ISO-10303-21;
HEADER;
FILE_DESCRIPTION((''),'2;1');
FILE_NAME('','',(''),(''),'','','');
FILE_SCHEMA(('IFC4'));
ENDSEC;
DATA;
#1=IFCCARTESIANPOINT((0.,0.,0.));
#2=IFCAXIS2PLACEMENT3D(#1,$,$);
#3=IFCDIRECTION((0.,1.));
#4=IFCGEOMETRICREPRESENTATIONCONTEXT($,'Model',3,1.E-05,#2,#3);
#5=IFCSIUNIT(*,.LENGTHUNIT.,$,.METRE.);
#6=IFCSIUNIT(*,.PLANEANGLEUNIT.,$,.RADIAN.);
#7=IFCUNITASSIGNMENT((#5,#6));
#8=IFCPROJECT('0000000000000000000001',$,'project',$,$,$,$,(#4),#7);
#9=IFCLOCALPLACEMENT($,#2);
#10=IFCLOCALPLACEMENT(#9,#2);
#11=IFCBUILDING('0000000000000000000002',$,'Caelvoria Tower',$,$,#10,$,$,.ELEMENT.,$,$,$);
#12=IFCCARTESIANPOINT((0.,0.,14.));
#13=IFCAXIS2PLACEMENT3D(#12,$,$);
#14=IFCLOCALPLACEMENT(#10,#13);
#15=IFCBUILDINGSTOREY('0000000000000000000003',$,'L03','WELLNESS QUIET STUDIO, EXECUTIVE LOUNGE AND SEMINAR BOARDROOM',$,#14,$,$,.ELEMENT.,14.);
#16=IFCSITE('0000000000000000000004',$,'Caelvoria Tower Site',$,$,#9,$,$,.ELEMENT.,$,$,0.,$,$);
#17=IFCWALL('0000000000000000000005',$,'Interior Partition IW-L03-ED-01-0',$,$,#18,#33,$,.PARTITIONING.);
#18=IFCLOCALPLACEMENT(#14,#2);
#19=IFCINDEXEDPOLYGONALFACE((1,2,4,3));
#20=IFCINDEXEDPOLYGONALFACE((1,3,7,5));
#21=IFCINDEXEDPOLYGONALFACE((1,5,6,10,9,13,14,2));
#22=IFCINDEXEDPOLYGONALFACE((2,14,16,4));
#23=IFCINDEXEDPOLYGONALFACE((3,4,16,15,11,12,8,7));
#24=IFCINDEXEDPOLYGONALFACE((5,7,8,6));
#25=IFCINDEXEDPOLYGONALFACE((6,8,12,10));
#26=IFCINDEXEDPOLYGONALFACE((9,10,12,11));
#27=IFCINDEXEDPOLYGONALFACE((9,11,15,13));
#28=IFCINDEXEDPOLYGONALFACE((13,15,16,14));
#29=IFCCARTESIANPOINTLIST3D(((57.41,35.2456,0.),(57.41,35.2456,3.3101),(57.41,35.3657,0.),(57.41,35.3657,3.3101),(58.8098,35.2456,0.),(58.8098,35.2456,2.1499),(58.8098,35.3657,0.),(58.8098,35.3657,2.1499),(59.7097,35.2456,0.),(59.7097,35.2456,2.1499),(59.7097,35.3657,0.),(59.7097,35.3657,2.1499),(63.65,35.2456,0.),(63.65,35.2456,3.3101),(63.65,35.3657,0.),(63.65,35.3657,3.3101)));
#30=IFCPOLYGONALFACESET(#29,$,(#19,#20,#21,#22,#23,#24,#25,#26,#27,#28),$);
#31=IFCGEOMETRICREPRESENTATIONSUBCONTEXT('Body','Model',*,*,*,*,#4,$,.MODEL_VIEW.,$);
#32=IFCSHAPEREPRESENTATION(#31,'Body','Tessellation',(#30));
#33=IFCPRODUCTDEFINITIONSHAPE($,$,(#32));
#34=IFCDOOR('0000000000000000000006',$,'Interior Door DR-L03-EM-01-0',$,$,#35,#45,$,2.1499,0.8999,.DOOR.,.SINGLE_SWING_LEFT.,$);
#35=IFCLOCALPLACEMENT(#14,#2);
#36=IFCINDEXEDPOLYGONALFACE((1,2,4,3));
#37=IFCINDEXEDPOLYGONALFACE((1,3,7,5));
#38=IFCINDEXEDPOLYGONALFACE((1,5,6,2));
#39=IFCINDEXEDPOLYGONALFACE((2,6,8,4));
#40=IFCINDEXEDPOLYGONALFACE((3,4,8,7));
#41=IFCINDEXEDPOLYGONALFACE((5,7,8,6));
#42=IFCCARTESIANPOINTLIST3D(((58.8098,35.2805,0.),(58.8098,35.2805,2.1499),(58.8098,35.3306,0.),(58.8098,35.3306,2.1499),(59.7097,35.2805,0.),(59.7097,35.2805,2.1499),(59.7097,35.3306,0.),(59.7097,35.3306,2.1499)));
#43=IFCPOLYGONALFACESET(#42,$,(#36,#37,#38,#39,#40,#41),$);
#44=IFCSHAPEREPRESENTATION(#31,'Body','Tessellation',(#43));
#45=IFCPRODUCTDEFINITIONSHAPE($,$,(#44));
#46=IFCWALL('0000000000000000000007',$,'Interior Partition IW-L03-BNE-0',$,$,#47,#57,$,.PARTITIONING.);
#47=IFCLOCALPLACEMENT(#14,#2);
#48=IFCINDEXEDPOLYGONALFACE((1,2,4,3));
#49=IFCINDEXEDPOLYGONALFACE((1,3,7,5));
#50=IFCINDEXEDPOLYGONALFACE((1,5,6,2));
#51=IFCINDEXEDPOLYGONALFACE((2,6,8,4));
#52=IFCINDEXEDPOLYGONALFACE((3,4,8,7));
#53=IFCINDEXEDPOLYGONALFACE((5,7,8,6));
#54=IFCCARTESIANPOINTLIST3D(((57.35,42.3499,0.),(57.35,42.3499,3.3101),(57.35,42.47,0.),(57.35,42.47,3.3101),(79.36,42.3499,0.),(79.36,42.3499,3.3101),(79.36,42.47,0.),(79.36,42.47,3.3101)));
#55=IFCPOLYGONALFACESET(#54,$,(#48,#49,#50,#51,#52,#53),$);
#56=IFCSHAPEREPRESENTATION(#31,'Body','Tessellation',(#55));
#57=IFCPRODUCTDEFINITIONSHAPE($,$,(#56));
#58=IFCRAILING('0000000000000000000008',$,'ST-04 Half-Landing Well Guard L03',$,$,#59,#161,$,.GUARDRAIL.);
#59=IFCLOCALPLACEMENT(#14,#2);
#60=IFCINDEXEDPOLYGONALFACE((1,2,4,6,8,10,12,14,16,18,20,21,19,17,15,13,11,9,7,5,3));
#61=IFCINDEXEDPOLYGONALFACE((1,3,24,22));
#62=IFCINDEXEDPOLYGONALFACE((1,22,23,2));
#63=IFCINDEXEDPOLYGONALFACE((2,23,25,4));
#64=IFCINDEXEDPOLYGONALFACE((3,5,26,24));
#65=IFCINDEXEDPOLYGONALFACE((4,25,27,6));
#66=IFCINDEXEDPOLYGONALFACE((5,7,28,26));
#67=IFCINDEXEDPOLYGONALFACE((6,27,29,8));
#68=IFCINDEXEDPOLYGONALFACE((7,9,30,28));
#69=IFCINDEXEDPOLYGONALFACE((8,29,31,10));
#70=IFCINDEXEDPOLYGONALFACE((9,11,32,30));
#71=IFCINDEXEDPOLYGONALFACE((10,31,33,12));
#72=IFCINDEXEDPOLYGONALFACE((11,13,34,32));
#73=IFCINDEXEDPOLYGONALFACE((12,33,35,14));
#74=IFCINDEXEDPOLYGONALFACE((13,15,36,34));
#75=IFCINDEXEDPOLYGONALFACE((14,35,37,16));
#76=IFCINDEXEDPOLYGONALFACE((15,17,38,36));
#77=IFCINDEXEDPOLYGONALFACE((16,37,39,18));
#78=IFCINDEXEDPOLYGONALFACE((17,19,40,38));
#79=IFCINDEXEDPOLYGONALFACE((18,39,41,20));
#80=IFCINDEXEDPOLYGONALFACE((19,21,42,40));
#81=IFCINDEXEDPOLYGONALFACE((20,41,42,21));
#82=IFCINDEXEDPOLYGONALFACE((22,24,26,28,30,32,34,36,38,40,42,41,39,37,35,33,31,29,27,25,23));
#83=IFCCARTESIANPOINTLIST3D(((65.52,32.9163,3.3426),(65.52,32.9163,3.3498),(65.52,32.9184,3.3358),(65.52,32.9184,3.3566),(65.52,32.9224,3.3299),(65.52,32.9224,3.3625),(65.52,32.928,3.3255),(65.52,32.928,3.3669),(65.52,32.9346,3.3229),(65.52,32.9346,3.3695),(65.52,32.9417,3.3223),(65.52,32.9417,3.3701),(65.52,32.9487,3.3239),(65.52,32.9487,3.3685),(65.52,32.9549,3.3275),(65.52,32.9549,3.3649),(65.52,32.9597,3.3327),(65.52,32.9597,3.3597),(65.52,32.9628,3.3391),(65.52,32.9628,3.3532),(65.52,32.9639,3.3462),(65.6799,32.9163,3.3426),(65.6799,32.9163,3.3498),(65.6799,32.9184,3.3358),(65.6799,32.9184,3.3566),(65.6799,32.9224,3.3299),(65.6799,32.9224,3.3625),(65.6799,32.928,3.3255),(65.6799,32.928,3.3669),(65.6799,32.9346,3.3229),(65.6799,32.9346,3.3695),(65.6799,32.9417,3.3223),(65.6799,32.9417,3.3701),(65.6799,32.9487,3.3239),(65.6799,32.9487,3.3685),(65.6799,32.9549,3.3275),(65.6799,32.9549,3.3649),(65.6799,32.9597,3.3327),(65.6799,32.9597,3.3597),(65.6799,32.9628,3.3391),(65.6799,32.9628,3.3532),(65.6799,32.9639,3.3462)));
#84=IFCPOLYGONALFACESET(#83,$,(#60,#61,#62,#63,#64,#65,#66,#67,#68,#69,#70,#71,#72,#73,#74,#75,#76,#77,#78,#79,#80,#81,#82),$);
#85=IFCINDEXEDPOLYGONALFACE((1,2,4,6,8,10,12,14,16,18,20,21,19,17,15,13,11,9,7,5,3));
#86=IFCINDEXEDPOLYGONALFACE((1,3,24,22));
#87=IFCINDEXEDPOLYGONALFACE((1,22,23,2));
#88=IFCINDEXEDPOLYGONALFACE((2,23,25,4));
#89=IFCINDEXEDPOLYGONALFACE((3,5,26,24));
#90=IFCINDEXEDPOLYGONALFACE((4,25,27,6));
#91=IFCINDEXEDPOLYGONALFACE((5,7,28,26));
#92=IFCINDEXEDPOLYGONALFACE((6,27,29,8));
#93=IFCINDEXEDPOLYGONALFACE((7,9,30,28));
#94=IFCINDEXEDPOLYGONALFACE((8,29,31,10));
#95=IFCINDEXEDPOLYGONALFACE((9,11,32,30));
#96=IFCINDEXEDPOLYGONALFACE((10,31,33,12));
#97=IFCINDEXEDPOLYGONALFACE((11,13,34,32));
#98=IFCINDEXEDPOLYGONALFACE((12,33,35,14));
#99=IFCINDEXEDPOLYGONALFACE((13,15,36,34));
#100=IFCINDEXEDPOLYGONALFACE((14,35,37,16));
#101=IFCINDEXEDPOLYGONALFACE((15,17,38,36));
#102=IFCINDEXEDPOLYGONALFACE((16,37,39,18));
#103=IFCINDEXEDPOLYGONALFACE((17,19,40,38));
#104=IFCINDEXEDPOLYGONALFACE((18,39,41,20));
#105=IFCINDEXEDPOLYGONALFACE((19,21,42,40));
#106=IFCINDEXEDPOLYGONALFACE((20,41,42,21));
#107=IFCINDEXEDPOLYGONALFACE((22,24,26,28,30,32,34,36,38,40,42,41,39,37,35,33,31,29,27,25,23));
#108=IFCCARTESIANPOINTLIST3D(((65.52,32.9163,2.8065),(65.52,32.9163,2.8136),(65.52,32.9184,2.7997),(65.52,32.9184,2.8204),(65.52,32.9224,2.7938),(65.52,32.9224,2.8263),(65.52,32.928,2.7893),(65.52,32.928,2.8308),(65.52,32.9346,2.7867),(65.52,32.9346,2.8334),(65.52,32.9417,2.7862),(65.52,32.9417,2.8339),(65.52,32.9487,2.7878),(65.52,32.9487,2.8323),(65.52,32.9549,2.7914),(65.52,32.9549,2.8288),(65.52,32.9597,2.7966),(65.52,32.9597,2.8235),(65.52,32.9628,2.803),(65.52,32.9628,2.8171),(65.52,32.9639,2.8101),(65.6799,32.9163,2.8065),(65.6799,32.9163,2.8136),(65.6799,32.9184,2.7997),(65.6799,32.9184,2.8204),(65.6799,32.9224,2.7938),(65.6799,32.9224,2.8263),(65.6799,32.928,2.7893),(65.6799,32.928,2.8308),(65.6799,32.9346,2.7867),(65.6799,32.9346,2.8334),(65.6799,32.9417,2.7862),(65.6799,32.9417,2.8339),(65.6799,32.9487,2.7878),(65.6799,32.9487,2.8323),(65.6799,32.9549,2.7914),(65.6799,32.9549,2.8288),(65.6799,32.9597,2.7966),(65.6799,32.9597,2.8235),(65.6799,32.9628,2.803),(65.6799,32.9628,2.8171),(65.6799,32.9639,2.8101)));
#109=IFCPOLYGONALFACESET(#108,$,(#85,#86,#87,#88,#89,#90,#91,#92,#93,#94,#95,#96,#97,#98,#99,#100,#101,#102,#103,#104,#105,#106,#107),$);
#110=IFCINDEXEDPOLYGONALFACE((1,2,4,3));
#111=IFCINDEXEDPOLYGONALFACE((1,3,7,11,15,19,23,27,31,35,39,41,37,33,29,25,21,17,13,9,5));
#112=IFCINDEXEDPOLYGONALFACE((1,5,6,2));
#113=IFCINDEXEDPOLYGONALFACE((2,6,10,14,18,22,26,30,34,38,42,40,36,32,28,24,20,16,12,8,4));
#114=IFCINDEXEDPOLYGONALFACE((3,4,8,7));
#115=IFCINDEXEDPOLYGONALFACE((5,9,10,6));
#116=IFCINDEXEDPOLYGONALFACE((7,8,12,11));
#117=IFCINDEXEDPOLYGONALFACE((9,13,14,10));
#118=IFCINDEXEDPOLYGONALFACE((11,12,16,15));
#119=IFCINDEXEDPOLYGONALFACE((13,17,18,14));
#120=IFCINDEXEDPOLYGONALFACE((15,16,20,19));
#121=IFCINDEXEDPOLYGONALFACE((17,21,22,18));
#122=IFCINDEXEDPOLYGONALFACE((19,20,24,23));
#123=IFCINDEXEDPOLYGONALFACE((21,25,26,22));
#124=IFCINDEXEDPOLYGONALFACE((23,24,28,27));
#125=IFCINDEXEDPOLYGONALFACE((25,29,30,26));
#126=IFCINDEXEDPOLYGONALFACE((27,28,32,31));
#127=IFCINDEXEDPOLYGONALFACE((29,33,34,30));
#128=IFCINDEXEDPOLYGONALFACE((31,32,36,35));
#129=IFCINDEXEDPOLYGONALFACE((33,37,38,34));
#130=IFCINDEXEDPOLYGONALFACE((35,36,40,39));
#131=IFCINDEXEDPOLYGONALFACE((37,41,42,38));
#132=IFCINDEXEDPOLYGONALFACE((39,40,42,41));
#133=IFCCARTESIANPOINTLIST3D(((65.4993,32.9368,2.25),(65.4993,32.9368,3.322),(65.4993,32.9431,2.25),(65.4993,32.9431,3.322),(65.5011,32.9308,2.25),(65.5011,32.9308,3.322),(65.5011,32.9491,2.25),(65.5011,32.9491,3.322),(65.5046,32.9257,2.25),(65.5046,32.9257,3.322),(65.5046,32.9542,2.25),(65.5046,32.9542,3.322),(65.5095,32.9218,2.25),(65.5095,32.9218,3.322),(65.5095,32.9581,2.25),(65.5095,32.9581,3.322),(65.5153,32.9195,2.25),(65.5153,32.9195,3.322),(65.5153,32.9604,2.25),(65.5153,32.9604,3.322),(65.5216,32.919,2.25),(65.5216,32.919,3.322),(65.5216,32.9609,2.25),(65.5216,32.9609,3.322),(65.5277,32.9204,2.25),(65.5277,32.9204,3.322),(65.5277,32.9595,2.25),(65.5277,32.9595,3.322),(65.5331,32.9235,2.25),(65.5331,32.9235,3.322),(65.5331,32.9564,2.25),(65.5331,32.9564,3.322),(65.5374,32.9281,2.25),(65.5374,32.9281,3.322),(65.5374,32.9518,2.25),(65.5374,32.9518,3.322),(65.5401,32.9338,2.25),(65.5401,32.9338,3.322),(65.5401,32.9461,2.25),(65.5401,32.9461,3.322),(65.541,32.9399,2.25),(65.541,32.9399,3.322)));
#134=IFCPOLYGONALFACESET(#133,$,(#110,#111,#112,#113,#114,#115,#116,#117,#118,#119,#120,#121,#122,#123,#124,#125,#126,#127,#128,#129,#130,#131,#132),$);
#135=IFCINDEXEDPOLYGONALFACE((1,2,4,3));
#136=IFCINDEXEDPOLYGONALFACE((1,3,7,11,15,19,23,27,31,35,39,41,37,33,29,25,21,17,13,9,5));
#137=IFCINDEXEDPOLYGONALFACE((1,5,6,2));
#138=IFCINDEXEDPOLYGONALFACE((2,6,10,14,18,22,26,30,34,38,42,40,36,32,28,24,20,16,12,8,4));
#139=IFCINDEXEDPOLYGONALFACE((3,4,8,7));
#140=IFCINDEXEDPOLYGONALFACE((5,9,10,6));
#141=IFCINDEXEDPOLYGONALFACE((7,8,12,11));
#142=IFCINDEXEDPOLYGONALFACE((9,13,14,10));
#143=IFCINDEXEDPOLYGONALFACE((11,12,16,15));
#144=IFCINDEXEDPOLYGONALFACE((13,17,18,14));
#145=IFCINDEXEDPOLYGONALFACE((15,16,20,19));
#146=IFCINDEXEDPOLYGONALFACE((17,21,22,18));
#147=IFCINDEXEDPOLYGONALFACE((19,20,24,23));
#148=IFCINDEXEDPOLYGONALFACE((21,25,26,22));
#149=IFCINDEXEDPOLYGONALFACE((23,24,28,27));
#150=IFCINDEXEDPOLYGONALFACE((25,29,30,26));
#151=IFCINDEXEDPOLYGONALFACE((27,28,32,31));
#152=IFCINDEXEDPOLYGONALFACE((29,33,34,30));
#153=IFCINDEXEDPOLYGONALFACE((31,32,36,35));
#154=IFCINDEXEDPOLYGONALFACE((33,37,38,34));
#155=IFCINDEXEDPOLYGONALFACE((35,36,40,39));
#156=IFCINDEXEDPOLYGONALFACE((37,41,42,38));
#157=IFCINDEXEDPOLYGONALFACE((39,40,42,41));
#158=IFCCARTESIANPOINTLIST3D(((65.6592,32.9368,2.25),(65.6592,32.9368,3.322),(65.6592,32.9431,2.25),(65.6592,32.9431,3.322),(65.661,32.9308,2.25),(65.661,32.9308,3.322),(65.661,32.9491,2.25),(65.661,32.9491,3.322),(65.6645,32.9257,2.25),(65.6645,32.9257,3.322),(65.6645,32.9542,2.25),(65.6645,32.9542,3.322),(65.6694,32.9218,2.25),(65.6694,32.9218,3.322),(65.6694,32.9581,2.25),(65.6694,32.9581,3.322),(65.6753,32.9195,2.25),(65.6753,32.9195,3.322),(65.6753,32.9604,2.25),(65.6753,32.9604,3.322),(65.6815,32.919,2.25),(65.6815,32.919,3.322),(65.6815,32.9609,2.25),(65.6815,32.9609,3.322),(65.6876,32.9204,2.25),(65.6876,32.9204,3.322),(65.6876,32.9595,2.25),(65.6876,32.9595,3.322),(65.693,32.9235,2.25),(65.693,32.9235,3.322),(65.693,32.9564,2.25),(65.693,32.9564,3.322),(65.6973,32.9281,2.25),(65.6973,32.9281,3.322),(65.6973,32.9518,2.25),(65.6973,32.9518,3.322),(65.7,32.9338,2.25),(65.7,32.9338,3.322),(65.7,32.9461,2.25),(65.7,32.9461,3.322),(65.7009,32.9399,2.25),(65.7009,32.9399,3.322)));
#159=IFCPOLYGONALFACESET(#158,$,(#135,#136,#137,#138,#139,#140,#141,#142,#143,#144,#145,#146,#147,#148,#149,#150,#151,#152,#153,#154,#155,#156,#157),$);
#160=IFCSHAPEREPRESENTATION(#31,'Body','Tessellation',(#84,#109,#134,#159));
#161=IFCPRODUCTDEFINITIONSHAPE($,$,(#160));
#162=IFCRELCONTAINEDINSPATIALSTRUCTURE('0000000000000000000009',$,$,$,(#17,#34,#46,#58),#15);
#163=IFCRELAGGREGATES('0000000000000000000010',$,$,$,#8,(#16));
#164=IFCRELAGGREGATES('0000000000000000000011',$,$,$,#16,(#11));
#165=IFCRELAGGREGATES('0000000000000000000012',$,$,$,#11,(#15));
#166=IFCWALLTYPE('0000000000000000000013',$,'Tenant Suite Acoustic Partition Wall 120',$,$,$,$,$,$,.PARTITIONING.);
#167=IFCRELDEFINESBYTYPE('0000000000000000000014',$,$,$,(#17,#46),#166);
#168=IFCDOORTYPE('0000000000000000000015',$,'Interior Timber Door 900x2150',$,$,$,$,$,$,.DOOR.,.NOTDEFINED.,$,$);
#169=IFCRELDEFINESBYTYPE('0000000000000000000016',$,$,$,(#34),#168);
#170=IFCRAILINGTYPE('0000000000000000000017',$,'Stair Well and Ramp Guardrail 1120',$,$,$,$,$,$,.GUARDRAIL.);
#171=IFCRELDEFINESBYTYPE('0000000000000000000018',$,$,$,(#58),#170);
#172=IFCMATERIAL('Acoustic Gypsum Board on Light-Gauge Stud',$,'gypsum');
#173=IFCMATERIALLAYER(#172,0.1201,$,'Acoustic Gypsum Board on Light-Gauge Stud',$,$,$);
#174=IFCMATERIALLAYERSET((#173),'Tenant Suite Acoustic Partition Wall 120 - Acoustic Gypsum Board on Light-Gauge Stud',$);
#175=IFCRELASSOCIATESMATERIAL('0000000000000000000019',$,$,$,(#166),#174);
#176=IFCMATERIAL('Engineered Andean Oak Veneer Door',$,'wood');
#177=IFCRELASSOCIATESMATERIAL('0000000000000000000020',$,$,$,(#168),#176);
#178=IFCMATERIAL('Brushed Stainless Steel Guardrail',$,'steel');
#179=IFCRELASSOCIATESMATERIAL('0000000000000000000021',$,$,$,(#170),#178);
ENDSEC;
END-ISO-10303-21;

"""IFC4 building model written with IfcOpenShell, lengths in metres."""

from ifc_helpers import new_model, si_unit, direction, frame, frame_2d, origin, origin_2d, place, context, subcontext, project, spatial, rectangle, circle, extrude, material, layer, layer_set, type_object, element, fill, save


model = new_model("IFC4")

# Units and contexts
model_context = context("Model", 3, precision=1e-05, world=origin(), true_north=direction((0.0, 1.0)))
body_context = subcontext(model_context, "Body", "Model", "MODEL_VIEW")
ifc_project = project(units=[si_unit("LENGTHUNIT", "METRE"), si_unit("PLANEANGLEUNIT", "RADIAN")], contexts=[model_context])

# Site, building, storey
site_placement = place(None, origin())
site = spatial("IfcSite", under=ifc_project, at=site_placement, Name="Caelvoria Tower Site", CompositionType="ELEMENT", RefElevation=0.0)
building_placement = place(site_placement, origin())
building = spatial("IfcBuilding", under=site, at=building_placement, Name="Caelvoria Tower", CompositionType="ELEMENT")
storey_placement = place(building_placement, frame((0.0, 0.0, 14.0)))
storey = spatial("IfcBuildingStorey", under=building, at=storey_placement, Name="L03", Description="WELLNESS QUIET STUDIO, EXECUTIVE LOUNGE AND SEMINAR BOARDROOM", CompositionType="ELEMENT", Elevation=14.0)

# Wall, opening, door
ifc_material_1 = material(Name="Acoustic Gypsum Board on Light-Gauge Stud", Category="gypsum")
ifc_layer_1 = layer(ifc_material_1, 0.1201, Name="Acoustic Gypsum Board on Light-Gauge Stud")
ifc_layer_set_1 = layer_set([ifc_layer_1], Name="Tenant Suite Acoustic Partition Wall 120 - Acoustic Gypsum Board on Light-Gauge Stud")
wall_type_1 = type_object("IfcWallType", Name="Tenant Suite Acoustic Partition Wall 120", PredefinedType="PARTITIONING", material=ifc_layer_set_1)
wall_1_placement = place(storey_placement, frame((57.4099, 35.3057, 0.0), z_axis=(0.0, 0.0, 1.0), x_axis=(1.0, 0.0, 0.0)))
wall_1 = element("IfcWall", 1, at=wall_1_placement, inside=storey, type_object=wall_type_1, Name="Interior Partition IW-L03-ED-01-0", PredefinedType="PARTITIONING", context=body_context, shape_type="SweptSolid", body=[
    extrude(rectangle(XDim=6.24, YDim=0.1201, at=frame_2d((3.1201, 0.0))), origin(), (0.0, 0.0, 1.0), 3.3101),
])
opening_placement = place(wall_1_placement, frame((1.3999, 0.0, 0.0)))
opening = element("IfcOpeningElement", 2, at=opening_placement, cuts=wall_1, PredefinedType="OPENING", context=body_context, shape_type="SweptSolid", body=[
    extrude(rectangle(XDim=0.8999, YDim=2.1499, at=frame_2d((0.45, 1.075))), frame((0.0, 0.0701, 0.0), z_axis=(0.0, -1.0, 0.0), x_axis=(1.0, 0.0, 0.0)), (0.0, 0.0, 1.0), 0.1401),
])
ifc_material_2 = material(Name="Engineered Andean Oak Veneer Door", Category="wood")
door_type = type_object("IfcDoorType", Name="Interior Timber Door 900x2150", OperationType="NOTDEFINED", PredefinedType="DOOR", material=ifc_material_2)
door_placement = place(opening_placement, origin())
door = element("IfcDoor", 3, at=door_placement, inside=storey, type_object=door_type, Name="Interior Door DR-L03-EM-01-0", OperationType="SINGLE_SWING_LEFT", OverallHeight=2.1499, OverallWidth=0.8999, PredefinedType="DOOR", context=body_context, shape_type="SweptSolid", body=[
    extrude(rectangle(XDim=0.8999, YDim=2.1499, at=frame_2d((0.45, 1.075))), frame((0.0, 0.0249, 0.0), z_axis=(0.0, -1.0, 0.0), x_axis=(1.0, 0.0, 0.0)), (0.0, 0.0, 1.0), 0.05),
])
fill(opening, door)

# Wall
wall_2_placement = place(storey_placement, frame((57.3501, 42.4099, 0.0), z_axis=(0.0, 0.0, 1.0), x_axis=(1.0, 0.0, 0.0)))
element("IfcWall", 4, at=wall_2_placement, inside=storey, type_object=wall_type_1, Name="Interior Partition IW-L03-BNE-0", PredefinedType="PARTITIONING", context=body_context, shape_type="SweptSolid", body=[
    extrude(rectangle(XDim=22.01, YDim=0.1201, at=frame_2d((11.0049, 0.0))), origin(), (0.0, 0.0, 1.0), 3.3101),
])

# Railing
ifc_material_3 = material(Name="Brushed Stainless Steel Guardrail", Category="steel")
railing_type_1 = type_object("IfcRailingType", Name="Stair Well and Ramp Guardrail 1120", PredefinedType="GUARDRAIL", material=ifc_material_3)
railing_1_placement = place(storey_placement, frame((65.52, 32.9399, 2.25)))
element("IfcRailing", 5, at=railing_1_placement, inside=storey, type_object=railing_type_1, Name="ST-04 Half-Landing Well Guard L03", PredefinedType="GUARDRAIL", context=body_context, shape_type="SweptSolid", body=[
    extrude(circle(Radius=0.0239, at=origin_2d()), frame((0.0, 0.0, 1.0962), z_axis=(1.0, 0.0, 0.0), x_axis=(0.0, 1.0, 0.0)), (0.0, 0.0, 1.0), 0.1599),
    extrude(circle(Radius=0.0239, at=origin_2d()), frame((0.0, 0.0, 0.5601), z_axis=(1.0, 0.0, 0.0), x_axis=(0.0, 1.0, 0.0)), (0.0, 0.0, 1.0), 0.1599),
    extrude(circle(Radius=0.021, at=origin_2d()), origin(), (0.0, 0.0, 1.0), 1.072),
    extrude(circle(Radius=0.021, at=origin_2d()), frame((0.1599, 0.0, 0.0)), (0.0, 0.0, 1.0), 1.072),
])

save(model, "model.ifc")
